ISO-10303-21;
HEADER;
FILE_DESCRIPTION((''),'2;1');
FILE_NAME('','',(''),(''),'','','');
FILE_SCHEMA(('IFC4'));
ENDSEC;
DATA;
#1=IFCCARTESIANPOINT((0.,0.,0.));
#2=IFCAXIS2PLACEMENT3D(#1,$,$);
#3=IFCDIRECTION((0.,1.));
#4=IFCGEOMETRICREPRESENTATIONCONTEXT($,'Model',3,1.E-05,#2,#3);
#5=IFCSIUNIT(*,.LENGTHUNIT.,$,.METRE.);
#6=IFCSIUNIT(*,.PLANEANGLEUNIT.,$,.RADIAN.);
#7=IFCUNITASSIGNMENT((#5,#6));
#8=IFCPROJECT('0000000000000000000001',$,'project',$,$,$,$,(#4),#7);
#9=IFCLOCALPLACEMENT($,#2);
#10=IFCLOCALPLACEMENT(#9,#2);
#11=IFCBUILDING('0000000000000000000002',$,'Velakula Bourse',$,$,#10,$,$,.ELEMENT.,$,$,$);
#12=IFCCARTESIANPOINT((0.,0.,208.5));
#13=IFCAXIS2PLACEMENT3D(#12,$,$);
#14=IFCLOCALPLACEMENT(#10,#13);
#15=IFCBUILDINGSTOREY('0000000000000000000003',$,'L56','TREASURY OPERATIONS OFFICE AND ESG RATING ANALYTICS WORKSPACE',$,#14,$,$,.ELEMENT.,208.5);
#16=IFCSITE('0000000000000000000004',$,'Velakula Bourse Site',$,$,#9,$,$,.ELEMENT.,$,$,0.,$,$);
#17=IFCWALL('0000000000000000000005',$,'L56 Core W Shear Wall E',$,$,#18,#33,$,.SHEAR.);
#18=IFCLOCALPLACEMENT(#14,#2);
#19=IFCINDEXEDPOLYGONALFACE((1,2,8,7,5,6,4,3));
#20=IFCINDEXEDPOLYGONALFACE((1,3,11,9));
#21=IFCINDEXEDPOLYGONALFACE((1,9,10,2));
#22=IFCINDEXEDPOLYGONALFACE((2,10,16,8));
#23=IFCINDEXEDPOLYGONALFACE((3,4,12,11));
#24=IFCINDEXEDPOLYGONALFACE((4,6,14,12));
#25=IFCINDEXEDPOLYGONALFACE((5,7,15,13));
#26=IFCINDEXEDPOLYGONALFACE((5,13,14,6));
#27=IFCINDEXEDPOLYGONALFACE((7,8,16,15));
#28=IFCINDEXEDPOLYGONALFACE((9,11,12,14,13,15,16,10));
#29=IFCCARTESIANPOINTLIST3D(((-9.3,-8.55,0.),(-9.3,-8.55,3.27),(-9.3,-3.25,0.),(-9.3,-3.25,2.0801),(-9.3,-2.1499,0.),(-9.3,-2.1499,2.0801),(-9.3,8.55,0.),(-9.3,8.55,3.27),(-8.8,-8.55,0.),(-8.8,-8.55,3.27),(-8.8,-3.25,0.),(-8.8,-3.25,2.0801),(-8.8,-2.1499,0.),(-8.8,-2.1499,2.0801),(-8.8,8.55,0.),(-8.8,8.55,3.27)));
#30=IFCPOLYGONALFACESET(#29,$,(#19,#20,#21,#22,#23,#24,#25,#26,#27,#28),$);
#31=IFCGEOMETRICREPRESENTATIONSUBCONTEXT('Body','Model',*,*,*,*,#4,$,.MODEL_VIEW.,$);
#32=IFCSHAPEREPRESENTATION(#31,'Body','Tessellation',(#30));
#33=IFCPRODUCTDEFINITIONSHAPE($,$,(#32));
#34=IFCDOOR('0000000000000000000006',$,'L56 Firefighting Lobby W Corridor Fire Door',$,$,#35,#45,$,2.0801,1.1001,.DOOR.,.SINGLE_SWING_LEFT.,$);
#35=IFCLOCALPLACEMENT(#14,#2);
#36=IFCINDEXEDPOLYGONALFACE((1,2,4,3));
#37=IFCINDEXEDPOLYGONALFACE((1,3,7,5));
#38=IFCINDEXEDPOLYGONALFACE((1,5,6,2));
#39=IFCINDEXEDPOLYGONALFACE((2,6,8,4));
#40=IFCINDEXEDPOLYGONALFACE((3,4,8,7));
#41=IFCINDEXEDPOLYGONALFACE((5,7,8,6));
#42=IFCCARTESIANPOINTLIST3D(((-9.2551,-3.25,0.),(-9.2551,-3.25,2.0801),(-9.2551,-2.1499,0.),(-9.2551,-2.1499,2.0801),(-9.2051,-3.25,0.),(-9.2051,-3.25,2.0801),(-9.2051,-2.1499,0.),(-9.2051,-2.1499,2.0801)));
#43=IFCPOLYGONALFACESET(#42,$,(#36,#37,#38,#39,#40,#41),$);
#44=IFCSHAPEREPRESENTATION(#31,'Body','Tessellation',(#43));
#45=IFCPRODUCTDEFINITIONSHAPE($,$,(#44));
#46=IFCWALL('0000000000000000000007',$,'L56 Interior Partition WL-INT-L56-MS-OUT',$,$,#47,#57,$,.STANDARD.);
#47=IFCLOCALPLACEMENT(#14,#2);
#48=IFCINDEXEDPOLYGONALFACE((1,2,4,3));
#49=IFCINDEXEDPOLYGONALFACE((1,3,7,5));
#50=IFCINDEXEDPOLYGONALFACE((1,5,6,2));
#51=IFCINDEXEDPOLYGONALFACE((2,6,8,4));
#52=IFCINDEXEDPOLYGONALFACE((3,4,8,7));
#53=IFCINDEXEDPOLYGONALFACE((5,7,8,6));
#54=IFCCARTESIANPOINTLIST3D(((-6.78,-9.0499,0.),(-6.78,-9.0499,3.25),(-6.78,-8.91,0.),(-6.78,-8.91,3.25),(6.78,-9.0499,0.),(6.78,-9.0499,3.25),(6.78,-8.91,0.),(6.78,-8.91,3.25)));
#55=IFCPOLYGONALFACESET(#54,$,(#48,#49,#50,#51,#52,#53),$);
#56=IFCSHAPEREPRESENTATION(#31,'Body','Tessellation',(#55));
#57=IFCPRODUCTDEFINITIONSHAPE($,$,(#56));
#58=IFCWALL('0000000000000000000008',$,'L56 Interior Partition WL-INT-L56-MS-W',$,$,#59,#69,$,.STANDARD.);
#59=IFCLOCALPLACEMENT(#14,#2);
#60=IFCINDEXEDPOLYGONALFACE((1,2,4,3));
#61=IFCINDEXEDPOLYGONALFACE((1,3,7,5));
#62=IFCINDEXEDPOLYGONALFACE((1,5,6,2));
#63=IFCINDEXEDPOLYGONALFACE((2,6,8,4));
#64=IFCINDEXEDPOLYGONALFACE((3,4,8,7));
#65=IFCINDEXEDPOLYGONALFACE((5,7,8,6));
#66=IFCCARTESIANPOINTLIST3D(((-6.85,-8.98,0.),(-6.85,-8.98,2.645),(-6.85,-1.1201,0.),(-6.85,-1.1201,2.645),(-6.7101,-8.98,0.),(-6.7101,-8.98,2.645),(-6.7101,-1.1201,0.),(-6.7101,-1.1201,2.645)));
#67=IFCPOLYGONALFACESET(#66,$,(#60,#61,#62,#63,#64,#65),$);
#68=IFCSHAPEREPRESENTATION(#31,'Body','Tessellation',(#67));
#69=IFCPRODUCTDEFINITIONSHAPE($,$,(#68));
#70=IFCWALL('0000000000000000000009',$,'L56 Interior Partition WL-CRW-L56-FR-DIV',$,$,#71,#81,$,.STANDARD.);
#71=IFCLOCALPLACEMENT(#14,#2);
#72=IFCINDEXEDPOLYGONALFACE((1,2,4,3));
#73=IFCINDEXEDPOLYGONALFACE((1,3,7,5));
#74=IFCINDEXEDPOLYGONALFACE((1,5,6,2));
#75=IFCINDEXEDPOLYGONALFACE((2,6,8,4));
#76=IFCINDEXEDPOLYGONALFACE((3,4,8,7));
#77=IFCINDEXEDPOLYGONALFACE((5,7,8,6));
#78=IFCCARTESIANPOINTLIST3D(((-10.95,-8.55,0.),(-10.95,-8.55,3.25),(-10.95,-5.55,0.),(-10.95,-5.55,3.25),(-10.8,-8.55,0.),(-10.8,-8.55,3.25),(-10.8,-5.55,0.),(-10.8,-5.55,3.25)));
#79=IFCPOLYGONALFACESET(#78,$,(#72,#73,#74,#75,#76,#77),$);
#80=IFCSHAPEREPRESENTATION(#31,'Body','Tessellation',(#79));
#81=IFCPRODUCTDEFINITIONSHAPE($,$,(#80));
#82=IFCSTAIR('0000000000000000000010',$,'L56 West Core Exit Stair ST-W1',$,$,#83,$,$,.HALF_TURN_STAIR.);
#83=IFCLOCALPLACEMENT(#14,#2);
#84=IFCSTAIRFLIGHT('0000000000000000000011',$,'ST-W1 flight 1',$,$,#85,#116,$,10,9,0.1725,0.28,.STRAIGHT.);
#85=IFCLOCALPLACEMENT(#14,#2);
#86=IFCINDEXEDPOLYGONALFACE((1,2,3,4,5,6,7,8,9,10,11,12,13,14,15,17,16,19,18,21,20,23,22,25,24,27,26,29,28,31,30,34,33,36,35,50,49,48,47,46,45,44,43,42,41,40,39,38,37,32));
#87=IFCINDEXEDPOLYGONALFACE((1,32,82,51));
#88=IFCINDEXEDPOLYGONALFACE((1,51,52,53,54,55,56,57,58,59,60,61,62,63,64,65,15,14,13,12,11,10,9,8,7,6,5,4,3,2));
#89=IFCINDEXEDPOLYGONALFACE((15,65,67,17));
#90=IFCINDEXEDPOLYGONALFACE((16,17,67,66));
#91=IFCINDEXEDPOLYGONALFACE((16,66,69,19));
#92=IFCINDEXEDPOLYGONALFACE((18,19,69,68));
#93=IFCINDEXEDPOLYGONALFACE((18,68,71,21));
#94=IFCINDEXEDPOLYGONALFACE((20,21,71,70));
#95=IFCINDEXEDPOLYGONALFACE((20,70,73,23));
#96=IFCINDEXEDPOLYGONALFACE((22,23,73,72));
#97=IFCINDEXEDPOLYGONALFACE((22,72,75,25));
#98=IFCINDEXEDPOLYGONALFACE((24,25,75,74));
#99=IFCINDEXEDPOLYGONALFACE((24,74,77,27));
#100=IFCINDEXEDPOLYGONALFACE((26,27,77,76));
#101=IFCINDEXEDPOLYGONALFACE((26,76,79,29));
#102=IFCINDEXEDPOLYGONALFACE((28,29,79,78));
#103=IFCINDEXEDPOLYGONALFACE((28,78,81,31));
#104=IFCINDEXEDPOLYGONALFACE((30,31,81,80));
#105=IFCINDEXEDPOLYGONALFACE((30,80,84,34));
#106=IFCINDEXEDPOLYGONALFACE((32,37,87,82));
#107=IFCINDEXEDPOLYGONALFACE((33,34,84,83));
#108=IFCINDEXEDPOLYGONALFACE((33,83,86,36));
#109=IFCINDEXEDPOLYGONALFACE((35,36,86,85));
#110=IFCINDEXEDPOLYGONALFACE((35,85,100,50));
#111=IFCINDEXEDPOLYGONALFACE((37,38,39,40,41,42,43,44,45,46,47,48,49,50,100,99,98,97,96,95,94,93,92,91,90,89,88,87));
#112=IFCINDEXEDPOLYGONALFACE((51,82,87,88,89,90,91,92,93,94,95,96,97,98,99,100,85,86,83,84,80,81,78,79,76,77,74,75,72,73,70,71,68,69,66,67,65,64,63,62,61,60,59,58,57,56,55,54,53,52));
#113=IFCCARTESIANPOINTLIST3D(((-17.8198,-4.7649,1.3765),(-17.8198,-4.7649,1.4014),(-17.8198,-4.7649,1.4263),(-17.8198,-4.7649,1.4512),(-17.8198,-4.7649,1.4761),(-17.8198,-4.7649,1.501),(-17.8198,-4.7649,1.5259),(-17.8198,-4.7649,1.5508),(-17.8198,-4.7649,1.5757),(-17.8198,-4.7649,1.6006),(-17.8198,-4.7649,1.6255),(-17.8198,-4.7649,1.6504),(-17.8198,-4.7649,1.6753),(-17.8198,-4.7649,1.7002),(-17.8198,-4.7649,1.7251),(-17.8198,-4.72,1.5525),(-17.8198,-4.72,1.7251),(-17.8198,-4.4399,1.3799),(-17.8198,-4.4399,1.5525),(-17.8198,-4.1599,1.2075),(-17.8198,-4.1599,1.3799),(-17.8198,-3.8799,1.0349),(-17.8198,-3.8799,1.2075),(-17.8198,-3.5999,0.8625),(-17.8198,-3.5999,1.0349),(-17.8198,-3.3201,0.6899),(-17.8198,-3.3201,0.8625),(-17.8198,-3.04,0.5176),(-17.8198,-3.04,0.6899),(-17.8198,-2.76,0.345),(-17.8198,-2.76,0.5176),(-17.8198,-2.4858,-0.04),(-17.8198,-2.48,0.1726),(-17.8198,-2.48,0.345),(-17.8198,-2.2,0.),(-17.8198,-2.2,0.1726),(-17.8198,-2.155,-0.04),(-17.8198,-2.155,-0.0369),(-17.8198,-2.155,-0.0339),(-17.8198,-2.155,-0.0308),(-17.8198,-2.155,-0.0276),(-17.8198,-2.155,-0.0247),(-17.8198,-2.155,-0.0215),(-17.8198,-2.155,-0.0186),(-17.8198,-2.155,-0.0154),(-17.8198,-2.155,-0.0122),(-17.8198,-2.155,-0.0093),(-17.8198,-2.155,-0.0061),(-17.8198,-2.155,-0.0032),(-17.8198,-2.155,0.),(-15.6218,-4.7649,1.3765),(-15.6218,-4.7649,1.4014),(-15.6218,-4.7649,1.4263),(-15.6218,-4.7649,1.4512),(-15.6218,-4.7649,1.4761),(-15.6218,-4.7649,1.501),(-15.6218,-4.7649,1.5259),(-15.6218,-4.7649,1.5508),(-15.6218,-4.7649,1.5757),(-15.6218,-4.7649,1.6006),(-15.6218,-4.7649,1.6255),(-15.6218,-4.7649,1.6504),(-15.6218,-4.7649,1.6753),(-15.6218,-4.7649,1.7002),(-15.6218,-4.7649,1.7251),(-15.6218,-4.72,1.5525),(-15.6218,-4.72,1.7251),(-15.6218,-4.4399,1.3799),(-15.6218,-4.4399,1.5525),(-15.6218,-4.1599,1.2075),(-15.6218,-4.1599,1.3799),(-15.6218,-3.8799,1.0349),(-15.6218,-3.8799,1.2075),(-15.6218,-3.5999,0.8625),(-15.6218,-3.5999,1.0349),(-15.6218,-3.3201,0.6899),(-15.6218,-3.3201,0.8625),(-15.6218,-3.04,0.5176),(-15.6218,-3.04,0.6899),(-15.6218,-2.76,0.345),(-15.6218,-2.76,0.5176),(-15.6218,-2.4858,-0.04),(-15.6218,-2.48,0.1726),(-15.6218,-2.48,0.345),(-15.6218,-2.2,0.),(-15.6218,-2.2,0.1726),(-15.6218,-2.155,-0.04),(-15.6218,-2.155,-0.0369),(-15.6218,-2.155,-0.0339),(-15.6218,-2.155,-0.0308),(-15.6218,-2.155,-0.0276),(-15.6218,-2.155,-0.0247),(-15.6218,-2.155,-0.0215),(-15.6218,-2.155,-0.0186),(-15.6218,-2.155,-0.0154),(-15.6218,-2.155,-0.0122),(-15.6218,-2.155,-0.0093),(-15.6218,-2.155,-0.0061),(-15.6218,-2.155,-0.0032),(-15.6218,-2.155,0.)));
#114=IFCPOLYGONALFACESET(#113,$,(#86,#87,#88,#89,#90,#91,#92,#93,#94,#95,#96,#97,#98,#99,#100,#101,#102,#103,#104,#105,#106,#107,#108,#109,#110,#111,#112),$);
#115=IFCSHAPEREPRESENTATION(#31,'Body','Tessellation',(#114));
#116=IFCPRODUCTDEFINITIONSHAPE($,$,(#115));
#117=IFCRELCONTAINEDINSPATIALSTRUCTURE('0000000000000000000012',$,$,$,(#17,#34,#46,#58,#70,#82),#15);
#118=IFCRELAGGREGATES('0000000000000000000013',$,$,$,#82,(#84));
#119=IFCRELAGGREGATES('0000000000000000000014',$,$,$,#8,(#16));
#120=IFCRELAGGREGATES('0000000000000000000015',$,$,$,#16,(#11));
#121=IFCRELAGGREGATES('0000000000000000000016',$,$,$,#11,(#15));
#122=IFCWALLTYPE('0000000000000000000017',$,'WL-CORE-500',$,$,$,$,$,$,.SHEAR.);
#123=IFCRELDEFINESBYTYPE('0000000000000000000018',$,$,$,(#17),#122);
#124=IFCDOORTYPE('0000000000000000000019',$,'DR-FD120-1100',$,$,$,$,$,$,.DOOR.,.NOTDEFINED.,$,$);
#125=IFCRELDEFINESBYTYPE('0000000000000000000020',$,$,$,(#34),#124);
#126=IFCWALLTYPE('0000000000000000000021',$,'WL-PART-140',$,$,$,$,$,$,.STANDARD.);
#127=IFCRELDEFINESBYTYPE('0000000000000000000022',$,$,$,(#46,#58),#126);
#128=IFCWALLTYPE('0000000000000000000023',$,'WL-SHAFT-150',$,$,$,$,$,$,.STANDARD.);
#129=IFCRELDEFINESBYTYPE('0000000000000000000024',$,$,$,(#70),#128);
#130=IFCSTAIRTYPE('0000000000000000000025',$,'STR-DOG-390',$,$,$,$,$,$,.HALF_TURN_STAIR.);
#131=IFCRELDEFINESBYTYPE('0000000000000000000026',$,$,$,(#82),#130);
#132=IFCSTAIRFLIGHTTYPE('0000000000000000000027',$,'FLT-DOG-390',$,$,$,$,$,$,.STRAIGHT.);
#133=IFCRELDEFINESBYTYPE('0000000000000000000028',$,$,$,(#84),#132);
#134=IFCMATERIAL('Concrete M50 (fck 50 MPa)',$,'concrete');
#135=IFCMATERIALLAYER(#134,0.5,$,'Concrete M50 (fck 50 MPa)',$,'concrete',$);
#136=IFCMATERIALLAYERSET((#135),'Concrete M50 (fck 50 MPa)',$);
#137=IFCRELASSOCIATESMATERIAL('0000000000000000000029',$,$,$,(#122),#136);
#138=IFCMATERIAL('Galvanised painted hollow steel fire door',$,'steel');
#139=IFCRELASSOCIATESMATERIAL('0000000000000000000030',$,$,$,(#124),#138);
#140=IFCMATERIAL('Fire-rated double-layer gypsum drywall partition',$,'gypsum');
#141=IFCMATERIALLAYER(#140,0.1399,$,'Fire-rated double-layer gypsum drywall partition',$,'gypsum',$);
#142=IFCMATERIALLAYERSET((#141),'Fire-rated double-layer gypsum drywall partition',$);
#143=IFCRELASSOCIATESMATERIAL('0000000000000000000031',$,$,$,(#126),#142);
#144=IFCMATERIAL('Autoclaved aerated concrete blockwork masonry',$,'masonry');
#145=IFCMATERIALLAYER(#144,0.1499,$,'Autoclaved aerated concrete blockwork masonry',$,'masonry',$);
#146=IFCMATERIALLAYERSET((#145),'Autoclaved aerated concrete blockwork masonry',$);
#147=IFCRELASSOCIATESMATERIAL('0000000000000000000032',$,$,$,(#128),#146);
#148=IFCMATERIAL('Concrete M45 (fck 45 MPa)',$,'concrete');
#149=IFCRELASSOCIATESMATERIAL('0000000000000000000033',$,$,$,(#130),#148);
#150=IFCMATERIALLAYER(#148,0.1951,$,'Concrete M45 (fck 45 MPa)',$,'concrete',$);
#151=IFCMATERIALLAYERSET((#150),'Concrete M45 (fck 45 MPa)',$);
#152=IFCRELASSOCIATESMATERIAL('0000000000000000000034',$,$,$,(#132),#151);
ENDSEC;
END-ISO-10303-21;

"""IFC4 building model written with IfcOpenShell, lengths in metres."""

from ifc_helpers import new_model, si_unit, direction, frame, frame_2d, origin, place, context, subcontext, project, spatial, polyline, rectangle, outline, extrude, material, layer, layer_set, type_object, element, fill, aggregate, save


model = new_model("IFC4")

# Units and contexts
model_context = context("Model", 3, precision=1e-05, world=origin(), true_north=direction((0.0, 1.0)))
body_context = subcontext(model_context, "Body", "Model", "MODEL_VIEW")
ifc_project = project(units=[si_unit("LENGTHUNIT", "METRE"), si_unit("PLANEANGLEUNIT", "RADIAN")], contexts=[model_context])

# Site, building, storey
site_placement = place(None, origin())
site = spatial("IfcSite", under=ifc_project, at=site_placement, Name="Velakula Bourse Site", CompositionType="ELEMENT", RefElevation=0.0)
building_placement = place(site_placement, origin())
building = spatial("IfcBuilding", under=site, at=building_placement, Name="Velakula Bourse", CompositionType="ELEMENT")
storey_placement = place(building_placement, frame((0.0, 0.0, 208.5)))
storey = spatial("IfcBuildingStorey", under=building, at=storey_placement, Name="L56", Description="TREASURY OPERATIONS OFFICE AND ESG RATING ANALYTICS WORKSPACE", CompositionType="ELEMENT", Elevation=208.5)

# Shared definitions
ifc_material_1 = material(Name="Concrete M50 (fck 50 MPa)", Category="concrete")

# Shared definitions
ifc_material_2 = material(Name="Galvanised painted hollow steel fire door", Category="steel")

# Wall, opening, door
ifc_layer_1 = layer(ifc_material_1, 0.5, Name="Concrete M50 (fck 50 MPa)", Category="concrete")
ifc_layer_set_1 = layer_set([ifc_layer_1], Name="Concrete M50 (fck 50 MPa)")
wall_type_1 = type_object("IfcWallType", Name="WL-CORE-500", PredefinedType="SHEAR", material=ifc_layer_set_1)
wall_1_placement = place(storey_placement, frame((-9.05, -8.55, 0.0), z_axis=(0.0, 0.0, 1.0), x_axis=(0.0, 1.0, 0.0)))
wall_1 = element("IfcWall", 1, at=wall_1_placement, inside=storey, type_object=wall_type_1, Name="L56 Core W Shear Wall E", PredefinedType="SHEAR", context=body_context, shape_type="SweptSolid", body=[
    extrude(rectangle(XDim=17.1001, YDim=0.5, at=frame_2d((8.55, 0.0))), origin(), (0.0, 0.0, 1.0), 3.27),
])
opening_1_placement = place(wall_1_placement, frame((5.3, 0.0, 0.0)))
opening_1 = element("IfcOpeningElement", 2, at=opening_1_placement, cuts=wall_1, PredefinedType="OPENING", context=body_context, shape_type="SweptSolid", body=[
    extrude(rectangle(XDim=1.1001, YDim=2.0801, at=frame_2d((0.55, 1.04))), frame((0.0, 0.26, 0.0), z_axis=(0.0, -1.0, 0.0), x_axis=(1.0, 0.0, 0.0)), (0.0, 0.0, 1.0), 0.52),
])
door_type_1 = type_object("IfcDoorType", Name="DR-FD120-1100", OperationType="NOTDEFINED", PredefinedType="DOOR", material=ifc_material_2)
door_1_placement = place(opening_1_placement, origin())
door_1 = element("IfcDoor", 3, at=door_1_placement, inside=storey, type_object=door_type_1, Name="L56 Firefighting Lobby W Corridor Fire Door", OperationType="SINGLE_SWING_LEFT", OverallHeight=2.0801, OverallWidth=1.1001, PredefinedType="DOOR", context=body_context, shape_type="SweptSolid", body=[
    extrude(rectangle(XDim=1.1001, YDim=2.0801, at=frame_2d((0.55, 1.04))), frame((0.0, 0.2051, 0.0), z_axis=(0.0, -1.0, 0.0), x_axis=(1.0, 0.0, 0.0)), (0.0, 0.0, 1.0), 0.05),
])
fill(opening_1, door_1)

# Walls
ifc_material_3 = material(Name="Fire-rated double-layer gypsum drywall partition", Category="gypsum")
ifc_layer_2 = layer(ifc_material_3, 0.1399, Name="Fire-rated double-layer gypsum drywall partition", Category="gypsum")
ifc_layer_set_2 = layer_set([ifc_layer_2], Name="Fire-rated double-layer gypsum drywall partition")
wall_type_2 = type_object("IfcWallType", Name="WL-PART-140", PredefinedType="STANDARD", material=ifc_layer_set_2)
wall_2_placement = place(storey_placement, frame((-6.78, -8.98, 0.0), z_axis=(0.0, 0.0, 1.0), x_axis=(1.0, 0.0, 0.0)))
element("IfcWall", 4, at=wall_2_placement, inside=storey, type_object=wall_type_2, Name="L56 Interior Partition WL-INT-L56-MS-OUT", PredefinedType="STANDARD", context=body_context, shape_type="SweptSolid", body=[
    extrude(rectangle(XDim=13.5601, YDim=0.1399, at=frame_2d((6.78, 0.0))), origin(), (0.0, 0.0, 1.0), 3.25),
])
wall_3_placement = place(storey_placement, frame((-6.78, -8.98, 0.0), z_axis=(0.0, 0.0, 1.0), x_axis=(0.0, 1.0, 0.0)))
element("IfcWall", 5, at=wall_3_placement, inside=storey, type_object=wall_type_2, Name="L56 Interior Partition WL-INT-L56-MS-W", PredefinedType="STANDARD", context=body_context, shape_type="SweptSolid", body=[
    extrude(rectangle(XDim=7.8599, YDim=0.1399, at=frame_2d((3.9299, 0.0))), origin(), (0.0, 0.0, 1.0), 2.645),
])

# Shared definitions
ifc_material_4 = material(Name="Autoclaved aerated concrete blockwork masonry", Category="masonry")
ifc_layer_3 = layer(ifc_material_4, 0.1499, Name="Autoclaved aerated concrete blockwork masonry", Category="masonry")
ifc_layer_set_3 = layer_set([ifc_layer_3], Name="Autoclaved aerated concrete blockwork masonry")
wall_type_3 = type_object("IfcWallType", Name="WL-SHAFT-150", PredefinedType="STANDARD", material=ifc_layer_set_3)

# Wall
wall_4_placement = place(storey_placement, frame((-10.875, -8.55, 0.0), z_axis=(0.0, 0.0, 1.0), x_axis=(0.0, 1.0, 0.0)))
element("IfcWall", 6, at=wall_4_placement, inside=storey, type_object=wall_type_3, Name="L56 Interior Partition WL-CRW-L56-FR-DIV", PredefinedType="STANDARD", context=body_context, shape_type="SweptSolid", body=[
    extrude(rectangle(XDim=3.0, YDim=0.1499, at=frame_2d((1.5, 0.0))), origin(), (0.0, 0.0, 1.0), 3.25),
])

# Stair, stair flight
ifc_material_5 = material(Name="Concrete M45 (fck 45 MPa)", Category="concrete")
stair_type = type_object("IfcStairType", Name="STR-DOG-390", PredefinedType="HALF_TURN_STAIR", material=ifc_material_5)
stair_placement = place(storey_placement, origin())
stair = element("IfcStair", 7, at=stair_placement, inside=storey, type_object=stair_type, Name="L56 West Core Exit Stair ST-W1", PredefinedType="HALF_TURN_STAIR")
ifc_layer_4 = layer(ifc_material_5, 0.1951, Name="Concrete M45 (fck 45 MPa)", Category="concrete")
ifc_layer_set_4 = layer_set([ifc_layer_4], Name="Concrete M45 (fck 45 MPa)")
stair_flight_type = type_object("IfcStairFlightType", Name="FLT-DOG-390", PredefinedType="STRAIGHT", material=ifc_layer_set_4)
stair_flight_1_placement = place(storey_placement, frame((-16.7209, -2.2, 0.0), z_axis=(0.0, 0.0, 1.0), x_axis=(0.0, -1.0, 0.0)))
stair_flight_1 = element("IfcStairFlight", 8, at=stair_flight_1_placement, type_object=stair_flight_type, Name="ST-W1 flight 1", NumberOfRisers=10, NumberOfTreads=9, PredefinedType="STRAIGHT", RiserHeight=0.1725, TreadLength=0.28, context=body_context, shape_type="SweptSolid", body=[
    extrude(outline(polyline([(-0.0449, -0.04), (-0.0449, -0.0369), (-0.0449, -0.0339), (-0.0449, -0.0308), (-0.0449, -0.0276), (-0.0449, -0.0247), (-0.0449, -0.0215), (-0.0449, -0.0186), (-0.0449, -0.0154), (-0.0449, -0.0122), (-0.0449, -0.0093), (-0.0449, -0.0061), (-0.0449, -0.0032), (-0.0449, 0.0), (0.0, 0.0), (0.0, 0.1726), (0.28, 0.1726), (0.28, 0.345), (0.5601, 0.345), (0.5601, 0.5176), (0.8401, 0.5176), (0.8401, 0.6899), (1.1201, 0.6899), (1.1201, 0.8625), (1.3999, 0.8625), (1.3999, 1.0349), (1.6799, 1.0349), (1.6799, 1.2075), (1.96, 1.2075), (1.96, 1.3799), (2.24, 1.3799), (2.24, 1.5525), (2.52, 1.5525), (2.52, 1.7251), (2.5649, 1.7251), (2.5649, 1.7002), (2.5649, 1.6753), (2.5649, 1.6504), (2.5649, 1.6255), (2.5649, 1.6006), (2.5649, 1.5757), (2.5649, 1.5508), (2.5649, 1.5259), (2.5649, 1.501), (2.5649, 1.4761), (2.5649, 1.4512), (2.5649, 1.4263), (2.5649, 1.4014), (2.5649, 1.3765), (0.2859, -0.04), (-0.0449, -0.04)])), frame((0.0, 1.0991, 0.0), z_axis=(0.0, -1.0, 0.0), x_axis=(1.0, 0.0, 0.0)), (0.0, 0.0, 1.0), 2.198),
])
aggregate(stair, [stair_flight_1])

save(model, "model.ifc")
